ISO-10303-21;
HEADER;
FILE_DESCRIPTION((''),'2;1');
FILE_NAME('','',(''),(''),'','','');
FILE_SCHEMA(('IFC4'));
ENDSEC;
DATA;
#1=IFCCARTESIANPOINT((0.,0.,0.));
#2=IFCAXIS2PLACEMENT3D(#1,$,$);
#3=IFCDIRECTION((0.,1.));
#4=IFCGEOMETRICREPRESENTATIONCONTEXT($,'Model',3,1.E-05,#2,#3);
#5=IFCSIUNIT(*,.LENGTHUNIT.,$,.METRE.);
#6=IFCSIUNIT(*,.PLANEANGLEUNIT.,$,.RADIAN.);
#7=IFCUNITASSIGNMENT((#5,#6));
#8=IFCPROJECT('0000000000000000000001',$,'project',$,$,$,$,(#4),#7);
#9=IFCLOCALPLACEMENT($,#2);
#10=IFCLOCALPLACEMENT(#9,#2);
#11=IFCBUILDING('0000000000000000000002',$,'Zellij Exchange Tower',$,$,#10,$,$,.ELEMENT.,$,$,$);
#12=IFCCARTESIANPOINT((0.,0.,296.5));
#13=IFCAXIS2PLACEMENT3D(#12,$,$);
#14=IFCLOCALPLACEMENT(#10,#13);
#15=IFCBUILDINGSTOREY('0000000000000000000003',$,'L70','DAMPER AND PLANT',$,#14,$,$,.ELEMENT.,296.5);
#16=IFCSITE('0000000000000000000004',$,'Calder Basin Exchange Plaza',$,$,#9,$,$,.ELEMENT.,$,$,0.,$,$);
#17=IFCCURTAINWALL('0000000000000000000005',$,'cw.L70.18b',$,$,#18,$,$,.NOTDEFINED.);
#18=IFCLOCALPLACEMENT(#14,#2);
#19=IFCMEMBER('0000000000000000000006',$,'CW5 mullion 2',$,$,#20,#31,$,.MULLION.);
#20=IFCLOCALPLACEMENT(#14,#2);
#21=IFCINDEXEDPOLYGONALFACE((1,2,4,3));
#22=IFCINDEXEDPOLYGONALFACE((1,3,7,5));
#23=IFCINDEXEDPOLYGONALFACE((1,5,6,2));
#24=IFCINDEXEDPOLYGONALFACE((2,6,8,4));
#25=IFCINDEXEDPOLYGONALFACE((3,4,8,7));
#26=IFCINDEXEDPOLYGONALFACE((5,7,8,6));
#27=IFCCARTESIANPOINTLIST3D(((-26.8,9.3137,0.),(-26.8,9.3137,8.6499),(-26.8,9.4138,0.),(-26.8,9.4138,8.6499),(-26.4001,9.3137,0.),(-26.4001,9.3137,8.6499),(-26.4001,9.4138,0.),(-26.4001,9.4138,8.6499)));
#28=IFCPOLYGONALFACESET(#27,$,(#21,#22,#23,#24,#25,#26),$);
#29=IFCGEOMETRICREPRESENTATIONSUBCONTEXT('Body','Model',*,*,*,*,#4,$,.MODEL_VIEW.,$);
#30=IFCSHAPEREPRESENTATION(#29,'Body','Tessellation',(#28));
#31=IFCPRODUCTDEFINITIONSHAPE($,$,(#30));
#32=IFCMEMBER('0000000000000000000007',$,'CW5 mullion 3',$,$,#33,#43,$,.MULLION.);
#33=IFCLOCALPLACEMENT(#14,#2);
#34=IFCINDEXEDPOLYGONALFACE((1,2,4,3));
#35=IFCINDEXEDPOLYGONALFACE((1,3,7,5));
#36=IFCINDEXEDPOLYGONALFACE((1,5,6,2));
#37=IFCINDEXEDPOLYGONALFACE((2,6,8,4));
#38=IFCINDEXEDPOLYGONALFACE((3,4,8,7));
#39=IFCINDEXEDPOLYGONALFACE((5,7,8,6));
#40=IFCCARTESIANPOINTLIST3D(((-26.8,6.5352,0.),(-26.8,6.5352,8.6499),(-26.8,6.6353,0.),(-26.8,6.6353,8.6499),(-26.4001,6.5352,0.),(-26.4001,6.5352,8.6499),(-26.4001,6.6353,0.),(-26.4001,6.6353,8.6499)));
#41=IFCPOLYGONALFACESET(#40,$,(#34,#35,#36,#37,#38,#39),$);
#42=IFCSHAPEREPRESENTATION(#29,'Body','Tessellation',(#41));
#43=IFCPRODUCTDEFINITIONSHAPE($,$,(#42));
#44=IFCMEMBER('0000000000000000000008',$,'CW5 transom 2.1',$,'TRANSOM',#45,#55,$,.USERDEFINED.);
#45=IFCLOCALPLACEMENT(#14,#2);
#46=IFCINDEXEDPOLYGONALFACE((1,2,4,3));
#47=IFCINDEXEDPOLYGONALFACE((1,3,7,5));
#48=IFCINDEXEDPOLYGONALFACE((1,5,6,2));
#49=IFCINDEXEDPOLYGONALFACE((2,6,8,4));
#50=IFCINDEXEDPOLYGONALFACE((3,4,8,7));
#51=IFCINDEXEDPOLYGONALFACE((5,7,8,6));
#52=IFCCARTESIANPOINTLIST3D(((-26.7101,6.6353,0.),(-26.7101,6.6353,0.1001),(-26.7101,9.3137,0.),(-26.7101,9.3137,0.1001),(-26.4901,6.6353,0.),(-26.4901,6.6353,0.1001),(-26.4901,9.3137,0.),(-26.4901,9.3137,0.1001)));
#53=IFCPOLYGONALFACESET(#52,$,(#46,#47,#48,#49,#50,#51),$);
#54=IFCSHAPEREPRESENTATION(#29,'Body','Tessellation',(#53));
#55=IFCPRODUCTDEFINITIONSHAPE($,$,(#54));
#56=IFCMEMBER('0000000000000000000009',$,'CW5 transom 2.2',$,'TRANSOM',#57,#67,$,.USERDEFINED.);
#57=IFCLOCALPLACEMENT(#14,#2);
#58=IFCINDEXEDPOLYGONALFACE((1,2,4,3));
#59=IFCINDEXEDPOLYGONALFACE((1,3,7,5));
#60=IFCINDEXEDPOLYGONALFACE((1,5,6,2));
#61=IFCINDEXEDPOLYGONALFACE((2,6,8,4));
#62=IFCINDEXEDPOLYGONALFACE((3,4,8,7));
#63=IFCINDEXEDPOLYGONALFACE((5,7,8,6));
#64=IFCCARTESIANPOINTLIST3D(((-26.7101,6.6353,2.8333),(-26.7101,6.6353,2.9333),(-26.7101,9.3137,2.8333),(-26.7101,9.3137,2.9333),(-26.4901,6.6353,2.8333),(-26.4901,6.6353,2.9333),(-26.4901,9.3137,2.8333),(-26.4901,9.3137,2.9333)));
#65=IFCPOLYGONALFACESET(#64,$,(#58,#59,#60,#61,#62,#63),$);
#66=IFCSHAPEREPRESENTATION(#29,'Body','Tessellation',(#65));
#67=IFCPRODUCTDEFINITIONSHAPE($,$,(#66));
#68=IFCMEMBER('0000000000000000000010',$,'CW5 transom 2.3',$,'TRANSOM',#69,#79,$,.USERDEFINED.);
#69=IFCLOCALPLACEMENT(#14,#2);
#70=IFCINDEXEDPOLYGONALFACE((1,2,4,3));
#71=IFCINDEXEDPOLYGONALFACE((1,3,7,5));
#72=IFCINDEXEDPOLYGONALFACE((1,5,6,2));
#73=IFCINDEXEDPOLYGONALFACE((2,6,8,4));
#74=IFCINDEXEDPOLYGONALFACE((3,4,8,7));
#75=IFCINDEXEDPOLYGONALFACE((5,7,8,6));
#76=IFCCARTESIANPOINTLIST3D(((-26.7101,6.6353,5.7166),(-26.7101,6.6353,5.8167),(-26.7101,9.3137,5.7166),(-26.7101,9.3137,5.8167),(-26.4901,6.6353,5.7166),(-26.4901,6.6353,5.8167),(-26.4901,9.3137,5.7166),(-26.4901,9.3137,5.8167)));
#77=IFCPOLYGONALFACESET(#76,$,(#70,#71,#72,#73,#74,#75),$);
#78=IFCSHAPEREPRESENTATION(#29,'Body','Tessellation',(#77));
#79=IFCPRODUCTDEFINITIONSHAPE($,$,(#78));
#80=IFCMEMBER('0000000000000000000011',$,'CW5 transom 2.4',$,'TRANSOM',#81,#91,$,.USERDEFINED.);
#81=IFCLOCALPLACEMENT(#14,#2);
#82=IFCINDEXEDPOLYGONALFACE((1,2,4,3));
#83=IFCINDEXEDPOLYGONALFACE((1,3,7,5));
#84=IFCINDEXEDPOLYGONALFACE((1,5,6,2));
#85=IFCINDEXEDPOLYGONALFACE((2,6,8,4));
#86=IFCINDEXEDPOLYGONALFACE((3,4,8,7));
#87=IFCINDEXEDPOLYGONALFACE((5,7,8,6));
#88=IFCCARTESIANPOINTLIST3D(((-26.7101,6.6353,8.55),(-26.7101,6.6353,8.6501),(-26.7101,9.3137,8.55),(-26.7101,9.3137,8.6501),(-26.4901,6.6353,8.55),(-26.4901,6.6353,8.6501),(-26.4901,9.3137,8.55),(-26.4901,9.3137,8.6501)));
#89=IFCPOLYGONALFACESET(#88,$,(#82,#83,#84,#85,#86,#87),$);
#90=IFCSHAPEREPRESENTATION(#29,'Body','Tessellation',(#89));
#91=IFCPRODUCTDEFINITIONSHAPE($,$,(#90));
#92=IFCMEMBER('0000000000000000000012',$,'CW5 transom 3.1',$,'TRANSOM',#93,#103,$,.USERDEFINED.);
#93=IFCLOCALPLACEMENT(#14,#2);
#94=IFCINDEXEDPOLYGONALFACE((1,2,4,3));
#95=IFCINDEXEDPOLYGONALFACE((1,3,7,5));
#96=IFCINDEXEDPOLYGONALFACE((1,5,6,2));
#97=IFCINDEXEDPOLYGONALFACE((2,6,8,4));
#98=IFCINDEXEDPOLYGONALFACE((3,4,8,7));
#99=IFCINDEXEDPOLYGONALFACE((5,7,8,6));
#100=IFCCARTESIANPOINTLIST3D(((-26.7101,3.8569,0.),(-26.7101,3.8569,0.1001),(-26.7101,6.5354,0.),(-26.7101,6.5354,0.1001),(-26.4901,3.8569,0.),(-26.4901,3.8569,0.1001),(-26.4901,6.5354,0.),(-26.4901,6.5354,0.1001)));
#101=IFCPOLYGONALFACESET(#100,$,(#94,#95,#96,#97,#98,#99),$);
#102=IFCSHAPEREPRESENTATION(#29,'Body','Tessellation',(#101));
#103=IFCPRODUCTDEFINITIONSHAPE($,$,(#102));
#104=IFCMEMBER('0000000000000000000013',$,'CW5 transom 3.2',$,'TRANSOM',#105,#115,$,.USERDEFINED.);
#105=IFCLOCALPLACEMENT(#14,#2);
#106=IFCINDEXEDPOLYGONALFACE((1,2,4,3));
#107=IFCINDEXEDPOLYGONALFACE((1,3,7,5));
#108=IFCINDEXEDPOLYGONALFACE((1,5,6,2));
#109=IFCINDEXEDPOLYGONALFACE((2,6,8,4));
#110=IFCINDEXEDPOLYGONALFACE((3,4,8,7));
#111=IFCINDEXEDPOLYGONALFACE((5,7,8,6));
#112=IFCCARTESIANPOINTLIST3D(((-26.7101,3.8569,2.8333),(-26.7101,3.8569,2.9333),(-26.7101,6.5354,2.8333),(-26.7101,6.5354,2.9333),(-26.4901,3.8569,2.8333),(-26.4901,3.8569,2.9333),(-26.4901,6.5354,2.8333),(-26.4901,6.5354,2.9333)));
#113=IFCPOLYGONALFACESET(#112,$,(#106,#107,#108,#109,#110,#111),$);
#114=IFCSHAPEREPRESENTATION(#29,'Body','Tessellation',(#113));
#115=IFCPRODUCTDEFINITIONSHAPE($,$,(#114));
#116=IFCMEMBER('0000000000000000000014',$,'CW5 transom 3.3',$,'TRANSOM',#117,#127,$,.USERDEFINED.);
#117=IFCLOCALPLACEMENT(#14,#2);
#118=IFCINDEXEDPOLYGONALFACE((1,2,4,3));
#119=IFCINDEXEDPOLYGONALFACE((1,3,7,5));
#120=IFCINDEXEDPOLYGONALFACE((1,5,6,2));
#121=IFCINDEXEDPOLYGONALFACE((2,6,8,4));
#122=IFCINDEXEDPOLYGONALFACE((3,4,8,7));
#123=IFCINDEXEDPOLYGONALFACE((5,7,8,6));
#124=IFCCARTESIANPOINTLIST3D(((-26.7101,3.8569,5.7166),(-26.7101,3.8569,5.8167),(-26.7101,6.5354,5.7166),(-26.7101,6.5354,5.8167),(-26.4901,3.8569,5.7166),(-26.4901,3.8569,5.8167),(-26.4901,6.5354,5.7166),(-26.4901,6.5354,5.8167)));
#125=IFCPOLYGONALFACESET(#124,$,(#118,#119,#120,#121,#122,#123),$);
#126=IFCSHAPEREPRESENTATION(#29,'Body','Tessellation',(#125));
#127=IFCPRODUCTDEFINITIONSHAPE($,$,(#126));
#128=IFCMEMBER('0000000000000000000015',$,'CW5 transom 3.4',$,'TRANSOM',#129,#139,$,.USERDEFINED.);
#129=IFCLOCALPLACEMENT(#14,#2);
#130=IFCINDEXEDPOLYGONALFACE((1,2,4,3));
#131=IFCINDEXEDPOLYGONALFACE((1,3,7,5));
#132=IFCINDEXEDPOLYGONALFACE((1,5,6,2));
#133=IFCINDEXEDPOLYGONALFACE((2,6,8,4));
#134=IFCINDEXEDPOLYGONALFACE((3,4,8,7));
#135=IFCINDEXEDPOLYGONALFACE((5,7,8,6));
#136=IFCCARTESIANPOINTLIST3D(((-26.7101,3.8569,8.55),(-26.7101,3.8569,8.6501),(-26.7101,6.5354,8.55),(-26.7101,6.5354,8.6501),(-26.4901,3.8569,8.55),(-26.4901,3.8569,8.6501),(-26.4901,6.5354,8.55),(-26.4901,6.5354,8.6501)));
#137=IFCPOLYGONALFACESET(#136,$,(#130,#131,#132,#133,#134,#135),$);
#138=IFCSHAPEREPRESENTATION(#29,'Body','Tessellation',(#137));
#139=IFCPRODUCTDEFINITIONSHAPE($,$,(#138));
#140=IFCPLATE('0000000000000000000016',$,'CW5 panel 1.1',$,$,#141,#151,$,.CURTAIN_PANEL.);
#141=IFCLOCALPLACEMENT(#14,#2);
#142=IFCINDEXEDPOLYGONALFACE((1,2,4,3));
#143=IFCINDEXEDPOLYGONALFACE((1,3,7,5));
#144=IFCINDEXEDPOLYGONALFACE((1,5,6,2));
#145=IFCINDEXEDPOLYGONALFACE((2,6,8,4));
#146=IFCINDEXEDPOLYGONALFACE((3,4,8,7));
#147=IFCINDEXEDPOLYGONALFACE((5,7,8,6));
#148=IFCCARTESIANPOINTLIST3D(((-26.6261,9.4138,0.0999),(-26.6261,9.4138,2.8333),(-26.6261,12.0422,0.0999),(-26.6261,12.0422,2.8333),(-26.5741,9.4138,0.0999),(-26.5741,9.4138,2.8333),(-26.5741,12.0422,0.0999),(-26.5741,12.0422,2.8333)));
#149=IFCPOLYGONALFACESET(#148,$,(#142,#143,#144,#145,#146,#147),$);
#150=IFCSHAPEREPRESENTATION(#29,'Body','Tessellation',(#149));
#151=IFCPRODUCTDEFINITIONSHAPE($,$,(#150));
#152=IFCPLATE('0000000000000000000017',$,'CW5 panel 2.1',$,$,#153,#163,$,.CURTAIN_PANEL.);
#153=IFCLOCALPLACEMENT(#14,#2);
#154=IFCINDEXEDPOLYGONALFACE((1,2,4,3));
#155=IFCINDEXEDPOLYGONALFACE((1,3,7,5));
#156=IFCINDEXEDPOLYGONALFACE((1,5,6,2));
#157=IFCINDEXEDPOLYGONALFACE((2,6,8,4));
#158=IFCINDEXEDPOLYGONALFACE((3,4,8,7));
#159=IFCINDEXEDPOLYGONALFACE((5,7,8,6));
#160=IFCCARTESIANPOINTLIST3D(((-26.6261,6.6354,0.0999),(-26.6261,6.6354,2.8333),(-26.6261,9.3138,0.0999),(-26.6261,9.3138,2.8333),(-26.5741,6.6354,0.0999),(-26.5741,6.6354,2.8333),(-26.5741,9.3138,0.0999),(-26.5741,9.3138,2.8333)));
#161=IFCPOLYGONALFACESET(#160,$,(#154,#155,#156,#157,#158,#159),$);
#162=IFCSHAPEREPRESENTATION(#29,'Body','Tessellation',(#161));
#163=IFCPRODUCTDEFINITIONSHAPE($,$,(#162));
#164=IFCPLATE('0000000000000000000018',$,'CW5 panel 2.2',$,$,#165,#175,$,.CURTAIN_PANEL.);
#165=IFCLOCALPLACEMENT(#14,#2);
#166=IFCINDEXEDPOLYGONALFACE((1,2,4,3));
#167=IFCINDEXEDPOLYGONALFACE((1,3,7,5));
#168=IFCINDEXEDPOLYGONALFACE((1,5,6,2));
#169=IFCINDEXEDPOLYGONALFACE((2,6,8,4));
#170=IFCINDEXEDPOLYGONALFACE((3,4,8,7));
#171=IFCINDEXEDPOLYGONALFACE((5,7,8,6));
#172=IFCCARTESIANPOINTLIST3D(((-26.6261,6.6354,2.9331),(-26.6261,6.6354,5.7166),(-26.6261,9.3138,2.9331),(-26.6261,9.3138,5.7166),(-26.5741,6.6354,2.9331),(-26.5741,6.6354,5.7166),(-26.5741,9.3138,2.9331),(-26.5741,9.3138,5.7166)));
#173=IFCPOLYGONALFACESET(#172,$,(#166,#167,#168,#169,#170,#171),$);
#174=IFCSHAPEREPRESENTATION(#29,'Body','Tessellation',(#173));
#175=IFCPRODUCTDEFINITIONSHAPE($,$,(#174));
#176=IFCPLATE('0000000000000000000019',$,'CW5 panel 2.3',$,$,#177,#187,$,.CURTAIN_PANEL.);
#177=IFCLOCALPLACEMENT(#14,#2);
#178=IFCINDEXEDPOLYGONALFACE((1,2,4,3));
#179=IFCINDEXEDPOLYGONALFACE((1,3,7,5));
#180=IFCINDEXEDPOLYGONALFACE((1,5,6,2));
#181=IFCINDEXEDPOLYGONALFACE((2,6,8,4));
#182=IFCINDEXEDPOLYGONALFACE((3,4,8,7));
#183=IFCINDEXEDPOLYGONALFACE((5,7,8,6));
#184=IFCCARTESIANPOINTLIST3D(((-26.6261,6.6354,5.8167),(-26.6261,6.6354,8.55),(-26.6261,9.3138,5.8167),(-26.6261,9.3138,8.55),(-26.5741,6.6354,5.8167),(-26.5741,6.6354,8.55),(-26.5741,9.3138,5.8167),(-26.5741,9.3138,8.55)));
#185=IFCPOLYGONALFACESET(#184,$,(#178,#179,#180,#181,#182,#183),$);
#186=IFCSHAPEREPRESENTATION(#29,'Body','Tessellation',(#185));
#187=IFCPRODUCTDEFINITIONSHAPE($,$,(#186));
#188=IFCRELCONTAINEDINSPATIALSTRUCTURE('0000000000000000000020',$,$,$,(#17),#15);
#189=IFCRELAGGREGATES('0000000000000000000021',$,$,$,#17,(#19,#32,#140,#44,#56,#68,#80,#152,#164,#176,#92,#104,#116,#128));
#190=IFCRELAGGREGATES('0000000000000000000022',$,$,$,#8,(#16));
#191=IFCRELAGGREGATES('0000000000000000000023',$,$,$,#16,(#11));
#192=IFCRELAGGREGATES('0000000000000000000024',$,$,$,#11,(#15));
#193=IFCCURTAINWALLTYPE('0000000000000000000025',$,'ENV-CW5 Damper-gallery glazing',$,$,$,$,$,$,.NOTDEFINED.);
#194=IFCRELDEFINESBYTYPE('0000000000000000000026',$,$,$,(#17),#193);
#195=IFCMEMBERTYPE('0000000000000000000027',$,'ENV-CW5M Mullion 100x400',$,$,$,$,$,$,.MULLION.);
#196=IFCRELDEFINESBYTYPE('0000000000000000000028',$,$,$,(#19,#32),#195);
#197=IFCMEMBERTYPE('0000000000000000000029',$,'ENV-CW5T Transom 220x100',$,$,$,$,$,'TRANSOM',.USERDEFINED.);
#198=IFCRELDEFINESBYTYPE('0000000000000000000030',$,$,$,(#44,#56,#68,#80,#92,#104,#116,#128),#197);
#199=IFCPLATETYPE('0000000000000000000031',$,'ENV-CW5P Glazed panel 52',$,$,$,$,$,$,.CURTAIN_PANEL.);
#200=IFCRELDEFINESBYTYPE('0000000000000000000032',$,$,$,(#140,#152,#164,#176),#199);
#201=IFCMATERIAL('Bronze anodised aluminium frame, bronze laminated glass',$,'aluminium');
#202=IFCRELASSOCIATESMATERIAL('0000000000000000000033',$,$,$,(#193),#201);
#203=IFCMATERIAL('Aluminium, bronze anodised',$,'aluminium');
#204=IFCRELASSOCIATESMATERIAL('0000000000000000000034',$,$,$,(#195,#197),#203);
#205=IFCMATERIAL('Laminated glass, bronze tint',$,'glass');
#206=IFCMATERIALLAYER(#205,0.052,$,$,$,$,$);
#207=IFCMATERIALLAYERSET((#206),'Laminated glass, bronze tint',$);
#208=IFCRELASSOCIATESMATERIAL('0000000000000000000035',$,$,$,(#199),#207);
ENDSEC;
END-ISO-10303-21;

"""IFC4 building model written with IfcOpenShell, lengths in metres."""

from ifc_helpers import new_model, si_unit, direction, frame, origin, origin_2d, place, context, subcontext, project, spatial, rectangle, extrude, material, layer, layer_set, material_profile, profile_set, type_object, element, aggregate, save


model = new_model("IFC4")

# Units and contexts
model_context = context("Model", 3, precision=1e-05, world=origin(), true_north=direction((0.0, 1.0)))
body_context = subcontext(model_context, "Body", "Model", "MODEL_VIEW")
ifc_project = project(units=[si_unit("LENGTHUNIT", "METRE"), si_unit("PLANEANGLEUNIT", "RADIAN")], contexts=[model_context])

# Site, building, storey
site_placement = place(None, origin())
site = spatial("IfcSite", under=ifc_project, at=site_placement, Name="Calder Basin Exchange Plaza", CompositionType="ELEMENT", RefElevation=0.0)
building_placement = place(site_placement, origin())
building = spatial("IfcBuilding", under=site, at=building_placement, Name="Zellij Exchange Tower", CompositionType="ELEMENT")
storey_placement = place(building_placement, frame((0.0, 0.0, 296.5)))
storey = spatial("IfcBuildingStorey", under=building, at=storey_placement, Name="L70", Description="DAMPER AND PLANT", CompositionType="ELEMENT", Elevation=296.5)

# Curtain wall, members, plates
ifc_material_1 = material(Name="Bronze anodised aluminium frame, bronze laminated glass", Category="aluminium")
curtain_wall_type = type_object("IfcCurtainWallType", Name="ENV-CW5 Damper-gallery glazing", PredefinedType="NOTDEFINED", material=ifc_material_1)
curtain_wall_placement = place(storey_placement, origin())
curtain_wall = element("IfcCurtainWall", 1, at=curtain_wall_placement, inside=storey, type_object=curtain_wall_type, Name="cw.L70.18b", PredefinedType="NOTDEFINED")
ifc_material_2 = material(Name="Aluminium, bronze anodised", Category="aluminium")
ifc_material_profile_1 = material_profile(ifc_material_2, rectangle(XDim=0.1001, YDim=0.3999, at=origin_2d()), Name="AL 100x400")
ifc_profile_set_1 = profile_set([ifc_material_profile_1], Name="Aluminium, bronze anodised")
member_type_1 = type_object("IfcMemberType", Name="ENV-CW5M Mullion 100x400", PredefinedType="MULLION", material=ifc_profile_set_1)
member_1_placement = place(storey_placement, frame((-26.6001, 9.3638, 0.0), z_axis=(0.0, 0.0, 1.0), x_axis=(0.0, -1.0, 0.0)))
member_1 = element("IfcMember", 2, at=member_1_placement, type_object=member_type_1, Name="CW5 mullion 2", PredefinedType="MULLION", context=body_context, shape_type="SweptSolid", body=[
    extrude(rectangle(XDim=0.1001, YDim=0.3999, at=origin_2d()), origin(), (0.0, 0.0, 1.0), 8.6499),
])
member_2_placement = place(storey_placement, frame((-26.6001, 6.5852, 0.0), z_axis=(0.0, 0.0, 1.0), x_axis=(0.0, -1.0, 0.0)))
member_2 = element("IfcMember", 3, at=member_2_placement, type_object=member_type_1, Name="CW5 mullion 3", PredefinedType="MULLION", context=body_context, shape_type="SweptSolid", body=[
    extrude(rectangle(XDim=0.1001, YDim=0.3999, at=origin_2d()), origin(), (0.0, 0.0, 1.0), 8.6499),
])
ifc_material_profile_2 = material_profile(ifc_material_2, rectangle(XDim=0.22, YDim=0.1001, at=origin_2d()), Name="AL 220x100")
ifc_profile_set_2 = profile_set([ifc_material_profile_2], Name="Aluminium, bronze anodised")
member_type_2 = type_object("IfcMemberType", Name="ENV-CW5T Transom 220x100", ElementType="TRANSOM", PredefinedType="USERDEFINED", material=ifc_profile_set_2)
member_3_placement = place(storey_placement, frame((-26.6001, 9.3137, 0.05), z_axis=(0.0, -1.0, 0.0), x_axis=(1.0, 0.0, 0.0)))
member_3 = element("IfcMember", 4, at=member_3_placement, type_object=member_type_2, Name="CW5 transom 2.1", ObjectType="TRANSOM", PredefinedType="USERDEFINED", context=body_context, shape_type="SweptSolid", body=[
    extrude(rectangle(XDim=0.22, YDim=0.1001, at=origin_2d()), origin(), (0.0, 0.0, 1.0), 2.6785),
])
member_4_placement = place(storey_placement, frame((-26.6001, 9.3137, 2.8833), z_axis=(0.0, -1.0, 0.0), x_axis=(1.0, 0.0, 0.0)))
member_4 = element("IfcMember", 5, at=member_4_placement, type_object=member_type_2, Name="CW5 transom 2.2", ObjectType="TRANSOM", PredefinedType="USERDEFINED", context=body_context, shape_type="SweptSolid", body=[
    extrude(rectangle(XDim=0.22, YDim=0.1001, at=origin_2d()), origin(), (0.0, 0.0, 1.0), 2.6785),
])
member_5_placement = place(storey_placement, frame((-26.6001, 9.3137, 5.7666), z_axis=(0.0, -1.0, 0.0), x_axis=(1.0, 0.0, 0.0)))
member_5 = element("IfcMember", 6, at=member_5_placement, type_object=member_type_2, Name="CW5 transom 2.3", ObjectType="TRANSOM", PredefinedType="USERDEFINED", context=body_context, shape_type="SweptSolid", body=[
    extrude(rectangle(XDim=0.22, YDim=0.1001, at=origin_2d()), origin(), (0.0, 0.0, 1.0), 2.6785),
])
member_6_placement = place(storey_placement, frame((-26.6001, 9.3137, 8.6001), z_axis=(0.0, -1.0, 0.0), x_axis=(1.0, 0.0, 0.0)))
member_6 = element("IfcMember", 7, at=member_6_placement, type_object=member_type_2, Name="CW5 transom 2.4", ObjectType="TRANSOM", PredefinedType="USERDEFINED", context=body_context, shape_type="SweptSolid", body=[
    extrude(rectangle(XDim=0.22, YDim=0.1001, at=origin_2d()), origin(), (0.0, 0.0, 1.0), 2.6785),
])
member_7_placement = place(storey_placement, frame((-26.6001, 6.5354, 0.05), z_axis=(0.0, -1.0, 0.0), x_axis=(1.0, 0.0, 0.0)))
member_7 = element("IfcMember", 8, at=member_7_placement, type_object=member_type_2, Name="CW5 transom 3.1", ObjectType="TRANSOM", PredefinedType="USERDEFINED", context=body_context, shape_type="SweptSolid", body=[
    extrude(rectangle(XDim=0.22, YDim=0.1001, at=origin_2d()), origin(), (0.0, 0.0, 1.0), 2.6785),
])
member_8_placement = place(storey_placement, frame((-26.6001, 6.5354, 2.8833), z_axis=(0.0, -1.0, 0.0), x_axis=(1.0, 0.0, 0.0)))
member_8 = element("IfcMember", 9, at=member_8_placement, type_object=member_type_2, Name="CW5 transom 3.2", ObjectType="TRANSOM", PredefinedType="USERDEFINED", context=body_context, shape_type="SweptSolid", body=[
    extrude(rectangle(XDim=0.22, YDim=0.1001, at=origin_2d()), origin(), (0.0, 0.0, 1.0), 2.6785),
])
member_9_placement = place(storey_placement, frame((-26.6001, 6.5354, 5.7666), z_axis=(0.0, -1.0, 0.0), x_axis=(1.0, 0.0, 0.0)))
member_9 = element("IfcMember", 10, at=member_9_placement, type_object=member_type_2, Name="CW5 transom 3.3", ObjectType="TRANSOM", PredefinedType="USERDEFINED", context=body_context, shape_type="SweptSolid", body=[
    extrude(rectangle(XDim=0.22, YDim=0.1001, at=origin_2d()), origin(), (0.0, 0.0, 1.0), 2.6785),
])
member_10_placement = place(storey_placement, frame((-26.6001, 6.5354, 8.6001), z_axis=(0.0, -1.0, 0.0), x_axis=(1.0, 0.0, 0.0)))
member_10 = element("IfcMember", 11, at=member_10_placement, type_object=member_type_2, Name="CW5 transom 3.4", ObjectType="TRANSOM", PredefinedType="USERDEFINED", context=body_context, shape_type="SweptSolid", body=[
    extrude(rectangle(XDim=0.22, YDim=0.1001, at=origin_2d()), origin(), (0.0, 0.0, 1.0), 2.6785),
])
ifc_material_3 = material(Name="Laminated glass, bronze tint", Category="glass")
ifc_layer_1 = layer(ifc_material_3, 0.052)
ifc_layer_set_1 = layer_set([ifc_layer_1], Name="Laminated glass, bronze tint")
plate_type = type_object("IfcPlateType", Name="ENV-CW5P Glazed panel 52", PredefinedType="CURTAIN_PANEL", material=ifc_layer_set_1)
plate_1_placement = place(storey_placement, frame((-26.6001, 10.728, 0.0999), z_axis=(0.0, 0.0, 1.0), x_axis=(0.0, -1.0, 0.0)))
plate_1 = element("IfcPlate", 12, at=plate_1_placement, type_object=plate_type, Name="CW5 panel 1.1", PredefinedType="CURTAIN_PANEL", context=body_context, shape_type="SweptSolid", body=[
    extrude(rectangle(XDim=2.6284, YDim=0.052, at=origin_2d()), origin(), (0.0, 0.0, 1.0), 2.7334),
])
plate_2_placement = place(storey_placement, frame((-26.6001, 7.9746, 0.0999), z_axis=(0.0, 0.0, 1.0), x_axis=(0.0, -1.0, 0.0)))
plate_2 = element("IfcPlate", 13, at=plate_2_placement, type_object=plate_type, Name="CW5 panel 2.1", PredefinedType="CURTAIN_PANEL", context=body_context, shape_type="SweptSolid", body=[
    extrude(rectangle(XDim=2.6785, YDim=0.052, at=origin_2d()), origin(), (0.0, 0.0, 1.0), 2.7334),
])
plate_3_placement = place(storey_placement, frame((-26.6001, 7.9746, 2.9331), z_axis=(0.0, 0.0, 1.0), x_axis=(0.0, -1.0, 0.0)))
plate_3 = element("IfcPlate", 14, at=plate_3_placement, type_object=plate_type, Name="CW5 panel 2.2", PredefinedType="CURTAIN_PANEL", context=body_context, shape_type="SweptSolid", body=[
    extrude(rectangle(XDim=2.6785, YDim=0.052, at=origin_2d()), origin(), (0.0, 0.0, 1.0), 2.7834),
])
plate_4_placement = place(storey_placement, frame((-26.6001, 7.9746, 5.8167), z_axis=(0.0, 0.0, 1.0), x_axis=(0.0, -1.0, 0.0)))
plate_4 = element("IfcPlate", 15, at=plate_4_placement, type_object=plate_type, Name="CW5 panel 2.3", PredefinedType="CURTAIN_PANEL", context=body_context, shape_type="SweptSolid", body=[
    extrude(rectangle(XDim=2.6785, YDim=0.052, at=origin_2d()), origin(), (0.0, 0.0, 1.0), 2.7334),
])
aggregate(curtain_wall, [member_1, member_2, plate_1, member_3, member_4, member_5, member_6, plate_2, plate_3, plate_4, member_7, member_8, member_9, member_10])

save(model, "model.ifc")
